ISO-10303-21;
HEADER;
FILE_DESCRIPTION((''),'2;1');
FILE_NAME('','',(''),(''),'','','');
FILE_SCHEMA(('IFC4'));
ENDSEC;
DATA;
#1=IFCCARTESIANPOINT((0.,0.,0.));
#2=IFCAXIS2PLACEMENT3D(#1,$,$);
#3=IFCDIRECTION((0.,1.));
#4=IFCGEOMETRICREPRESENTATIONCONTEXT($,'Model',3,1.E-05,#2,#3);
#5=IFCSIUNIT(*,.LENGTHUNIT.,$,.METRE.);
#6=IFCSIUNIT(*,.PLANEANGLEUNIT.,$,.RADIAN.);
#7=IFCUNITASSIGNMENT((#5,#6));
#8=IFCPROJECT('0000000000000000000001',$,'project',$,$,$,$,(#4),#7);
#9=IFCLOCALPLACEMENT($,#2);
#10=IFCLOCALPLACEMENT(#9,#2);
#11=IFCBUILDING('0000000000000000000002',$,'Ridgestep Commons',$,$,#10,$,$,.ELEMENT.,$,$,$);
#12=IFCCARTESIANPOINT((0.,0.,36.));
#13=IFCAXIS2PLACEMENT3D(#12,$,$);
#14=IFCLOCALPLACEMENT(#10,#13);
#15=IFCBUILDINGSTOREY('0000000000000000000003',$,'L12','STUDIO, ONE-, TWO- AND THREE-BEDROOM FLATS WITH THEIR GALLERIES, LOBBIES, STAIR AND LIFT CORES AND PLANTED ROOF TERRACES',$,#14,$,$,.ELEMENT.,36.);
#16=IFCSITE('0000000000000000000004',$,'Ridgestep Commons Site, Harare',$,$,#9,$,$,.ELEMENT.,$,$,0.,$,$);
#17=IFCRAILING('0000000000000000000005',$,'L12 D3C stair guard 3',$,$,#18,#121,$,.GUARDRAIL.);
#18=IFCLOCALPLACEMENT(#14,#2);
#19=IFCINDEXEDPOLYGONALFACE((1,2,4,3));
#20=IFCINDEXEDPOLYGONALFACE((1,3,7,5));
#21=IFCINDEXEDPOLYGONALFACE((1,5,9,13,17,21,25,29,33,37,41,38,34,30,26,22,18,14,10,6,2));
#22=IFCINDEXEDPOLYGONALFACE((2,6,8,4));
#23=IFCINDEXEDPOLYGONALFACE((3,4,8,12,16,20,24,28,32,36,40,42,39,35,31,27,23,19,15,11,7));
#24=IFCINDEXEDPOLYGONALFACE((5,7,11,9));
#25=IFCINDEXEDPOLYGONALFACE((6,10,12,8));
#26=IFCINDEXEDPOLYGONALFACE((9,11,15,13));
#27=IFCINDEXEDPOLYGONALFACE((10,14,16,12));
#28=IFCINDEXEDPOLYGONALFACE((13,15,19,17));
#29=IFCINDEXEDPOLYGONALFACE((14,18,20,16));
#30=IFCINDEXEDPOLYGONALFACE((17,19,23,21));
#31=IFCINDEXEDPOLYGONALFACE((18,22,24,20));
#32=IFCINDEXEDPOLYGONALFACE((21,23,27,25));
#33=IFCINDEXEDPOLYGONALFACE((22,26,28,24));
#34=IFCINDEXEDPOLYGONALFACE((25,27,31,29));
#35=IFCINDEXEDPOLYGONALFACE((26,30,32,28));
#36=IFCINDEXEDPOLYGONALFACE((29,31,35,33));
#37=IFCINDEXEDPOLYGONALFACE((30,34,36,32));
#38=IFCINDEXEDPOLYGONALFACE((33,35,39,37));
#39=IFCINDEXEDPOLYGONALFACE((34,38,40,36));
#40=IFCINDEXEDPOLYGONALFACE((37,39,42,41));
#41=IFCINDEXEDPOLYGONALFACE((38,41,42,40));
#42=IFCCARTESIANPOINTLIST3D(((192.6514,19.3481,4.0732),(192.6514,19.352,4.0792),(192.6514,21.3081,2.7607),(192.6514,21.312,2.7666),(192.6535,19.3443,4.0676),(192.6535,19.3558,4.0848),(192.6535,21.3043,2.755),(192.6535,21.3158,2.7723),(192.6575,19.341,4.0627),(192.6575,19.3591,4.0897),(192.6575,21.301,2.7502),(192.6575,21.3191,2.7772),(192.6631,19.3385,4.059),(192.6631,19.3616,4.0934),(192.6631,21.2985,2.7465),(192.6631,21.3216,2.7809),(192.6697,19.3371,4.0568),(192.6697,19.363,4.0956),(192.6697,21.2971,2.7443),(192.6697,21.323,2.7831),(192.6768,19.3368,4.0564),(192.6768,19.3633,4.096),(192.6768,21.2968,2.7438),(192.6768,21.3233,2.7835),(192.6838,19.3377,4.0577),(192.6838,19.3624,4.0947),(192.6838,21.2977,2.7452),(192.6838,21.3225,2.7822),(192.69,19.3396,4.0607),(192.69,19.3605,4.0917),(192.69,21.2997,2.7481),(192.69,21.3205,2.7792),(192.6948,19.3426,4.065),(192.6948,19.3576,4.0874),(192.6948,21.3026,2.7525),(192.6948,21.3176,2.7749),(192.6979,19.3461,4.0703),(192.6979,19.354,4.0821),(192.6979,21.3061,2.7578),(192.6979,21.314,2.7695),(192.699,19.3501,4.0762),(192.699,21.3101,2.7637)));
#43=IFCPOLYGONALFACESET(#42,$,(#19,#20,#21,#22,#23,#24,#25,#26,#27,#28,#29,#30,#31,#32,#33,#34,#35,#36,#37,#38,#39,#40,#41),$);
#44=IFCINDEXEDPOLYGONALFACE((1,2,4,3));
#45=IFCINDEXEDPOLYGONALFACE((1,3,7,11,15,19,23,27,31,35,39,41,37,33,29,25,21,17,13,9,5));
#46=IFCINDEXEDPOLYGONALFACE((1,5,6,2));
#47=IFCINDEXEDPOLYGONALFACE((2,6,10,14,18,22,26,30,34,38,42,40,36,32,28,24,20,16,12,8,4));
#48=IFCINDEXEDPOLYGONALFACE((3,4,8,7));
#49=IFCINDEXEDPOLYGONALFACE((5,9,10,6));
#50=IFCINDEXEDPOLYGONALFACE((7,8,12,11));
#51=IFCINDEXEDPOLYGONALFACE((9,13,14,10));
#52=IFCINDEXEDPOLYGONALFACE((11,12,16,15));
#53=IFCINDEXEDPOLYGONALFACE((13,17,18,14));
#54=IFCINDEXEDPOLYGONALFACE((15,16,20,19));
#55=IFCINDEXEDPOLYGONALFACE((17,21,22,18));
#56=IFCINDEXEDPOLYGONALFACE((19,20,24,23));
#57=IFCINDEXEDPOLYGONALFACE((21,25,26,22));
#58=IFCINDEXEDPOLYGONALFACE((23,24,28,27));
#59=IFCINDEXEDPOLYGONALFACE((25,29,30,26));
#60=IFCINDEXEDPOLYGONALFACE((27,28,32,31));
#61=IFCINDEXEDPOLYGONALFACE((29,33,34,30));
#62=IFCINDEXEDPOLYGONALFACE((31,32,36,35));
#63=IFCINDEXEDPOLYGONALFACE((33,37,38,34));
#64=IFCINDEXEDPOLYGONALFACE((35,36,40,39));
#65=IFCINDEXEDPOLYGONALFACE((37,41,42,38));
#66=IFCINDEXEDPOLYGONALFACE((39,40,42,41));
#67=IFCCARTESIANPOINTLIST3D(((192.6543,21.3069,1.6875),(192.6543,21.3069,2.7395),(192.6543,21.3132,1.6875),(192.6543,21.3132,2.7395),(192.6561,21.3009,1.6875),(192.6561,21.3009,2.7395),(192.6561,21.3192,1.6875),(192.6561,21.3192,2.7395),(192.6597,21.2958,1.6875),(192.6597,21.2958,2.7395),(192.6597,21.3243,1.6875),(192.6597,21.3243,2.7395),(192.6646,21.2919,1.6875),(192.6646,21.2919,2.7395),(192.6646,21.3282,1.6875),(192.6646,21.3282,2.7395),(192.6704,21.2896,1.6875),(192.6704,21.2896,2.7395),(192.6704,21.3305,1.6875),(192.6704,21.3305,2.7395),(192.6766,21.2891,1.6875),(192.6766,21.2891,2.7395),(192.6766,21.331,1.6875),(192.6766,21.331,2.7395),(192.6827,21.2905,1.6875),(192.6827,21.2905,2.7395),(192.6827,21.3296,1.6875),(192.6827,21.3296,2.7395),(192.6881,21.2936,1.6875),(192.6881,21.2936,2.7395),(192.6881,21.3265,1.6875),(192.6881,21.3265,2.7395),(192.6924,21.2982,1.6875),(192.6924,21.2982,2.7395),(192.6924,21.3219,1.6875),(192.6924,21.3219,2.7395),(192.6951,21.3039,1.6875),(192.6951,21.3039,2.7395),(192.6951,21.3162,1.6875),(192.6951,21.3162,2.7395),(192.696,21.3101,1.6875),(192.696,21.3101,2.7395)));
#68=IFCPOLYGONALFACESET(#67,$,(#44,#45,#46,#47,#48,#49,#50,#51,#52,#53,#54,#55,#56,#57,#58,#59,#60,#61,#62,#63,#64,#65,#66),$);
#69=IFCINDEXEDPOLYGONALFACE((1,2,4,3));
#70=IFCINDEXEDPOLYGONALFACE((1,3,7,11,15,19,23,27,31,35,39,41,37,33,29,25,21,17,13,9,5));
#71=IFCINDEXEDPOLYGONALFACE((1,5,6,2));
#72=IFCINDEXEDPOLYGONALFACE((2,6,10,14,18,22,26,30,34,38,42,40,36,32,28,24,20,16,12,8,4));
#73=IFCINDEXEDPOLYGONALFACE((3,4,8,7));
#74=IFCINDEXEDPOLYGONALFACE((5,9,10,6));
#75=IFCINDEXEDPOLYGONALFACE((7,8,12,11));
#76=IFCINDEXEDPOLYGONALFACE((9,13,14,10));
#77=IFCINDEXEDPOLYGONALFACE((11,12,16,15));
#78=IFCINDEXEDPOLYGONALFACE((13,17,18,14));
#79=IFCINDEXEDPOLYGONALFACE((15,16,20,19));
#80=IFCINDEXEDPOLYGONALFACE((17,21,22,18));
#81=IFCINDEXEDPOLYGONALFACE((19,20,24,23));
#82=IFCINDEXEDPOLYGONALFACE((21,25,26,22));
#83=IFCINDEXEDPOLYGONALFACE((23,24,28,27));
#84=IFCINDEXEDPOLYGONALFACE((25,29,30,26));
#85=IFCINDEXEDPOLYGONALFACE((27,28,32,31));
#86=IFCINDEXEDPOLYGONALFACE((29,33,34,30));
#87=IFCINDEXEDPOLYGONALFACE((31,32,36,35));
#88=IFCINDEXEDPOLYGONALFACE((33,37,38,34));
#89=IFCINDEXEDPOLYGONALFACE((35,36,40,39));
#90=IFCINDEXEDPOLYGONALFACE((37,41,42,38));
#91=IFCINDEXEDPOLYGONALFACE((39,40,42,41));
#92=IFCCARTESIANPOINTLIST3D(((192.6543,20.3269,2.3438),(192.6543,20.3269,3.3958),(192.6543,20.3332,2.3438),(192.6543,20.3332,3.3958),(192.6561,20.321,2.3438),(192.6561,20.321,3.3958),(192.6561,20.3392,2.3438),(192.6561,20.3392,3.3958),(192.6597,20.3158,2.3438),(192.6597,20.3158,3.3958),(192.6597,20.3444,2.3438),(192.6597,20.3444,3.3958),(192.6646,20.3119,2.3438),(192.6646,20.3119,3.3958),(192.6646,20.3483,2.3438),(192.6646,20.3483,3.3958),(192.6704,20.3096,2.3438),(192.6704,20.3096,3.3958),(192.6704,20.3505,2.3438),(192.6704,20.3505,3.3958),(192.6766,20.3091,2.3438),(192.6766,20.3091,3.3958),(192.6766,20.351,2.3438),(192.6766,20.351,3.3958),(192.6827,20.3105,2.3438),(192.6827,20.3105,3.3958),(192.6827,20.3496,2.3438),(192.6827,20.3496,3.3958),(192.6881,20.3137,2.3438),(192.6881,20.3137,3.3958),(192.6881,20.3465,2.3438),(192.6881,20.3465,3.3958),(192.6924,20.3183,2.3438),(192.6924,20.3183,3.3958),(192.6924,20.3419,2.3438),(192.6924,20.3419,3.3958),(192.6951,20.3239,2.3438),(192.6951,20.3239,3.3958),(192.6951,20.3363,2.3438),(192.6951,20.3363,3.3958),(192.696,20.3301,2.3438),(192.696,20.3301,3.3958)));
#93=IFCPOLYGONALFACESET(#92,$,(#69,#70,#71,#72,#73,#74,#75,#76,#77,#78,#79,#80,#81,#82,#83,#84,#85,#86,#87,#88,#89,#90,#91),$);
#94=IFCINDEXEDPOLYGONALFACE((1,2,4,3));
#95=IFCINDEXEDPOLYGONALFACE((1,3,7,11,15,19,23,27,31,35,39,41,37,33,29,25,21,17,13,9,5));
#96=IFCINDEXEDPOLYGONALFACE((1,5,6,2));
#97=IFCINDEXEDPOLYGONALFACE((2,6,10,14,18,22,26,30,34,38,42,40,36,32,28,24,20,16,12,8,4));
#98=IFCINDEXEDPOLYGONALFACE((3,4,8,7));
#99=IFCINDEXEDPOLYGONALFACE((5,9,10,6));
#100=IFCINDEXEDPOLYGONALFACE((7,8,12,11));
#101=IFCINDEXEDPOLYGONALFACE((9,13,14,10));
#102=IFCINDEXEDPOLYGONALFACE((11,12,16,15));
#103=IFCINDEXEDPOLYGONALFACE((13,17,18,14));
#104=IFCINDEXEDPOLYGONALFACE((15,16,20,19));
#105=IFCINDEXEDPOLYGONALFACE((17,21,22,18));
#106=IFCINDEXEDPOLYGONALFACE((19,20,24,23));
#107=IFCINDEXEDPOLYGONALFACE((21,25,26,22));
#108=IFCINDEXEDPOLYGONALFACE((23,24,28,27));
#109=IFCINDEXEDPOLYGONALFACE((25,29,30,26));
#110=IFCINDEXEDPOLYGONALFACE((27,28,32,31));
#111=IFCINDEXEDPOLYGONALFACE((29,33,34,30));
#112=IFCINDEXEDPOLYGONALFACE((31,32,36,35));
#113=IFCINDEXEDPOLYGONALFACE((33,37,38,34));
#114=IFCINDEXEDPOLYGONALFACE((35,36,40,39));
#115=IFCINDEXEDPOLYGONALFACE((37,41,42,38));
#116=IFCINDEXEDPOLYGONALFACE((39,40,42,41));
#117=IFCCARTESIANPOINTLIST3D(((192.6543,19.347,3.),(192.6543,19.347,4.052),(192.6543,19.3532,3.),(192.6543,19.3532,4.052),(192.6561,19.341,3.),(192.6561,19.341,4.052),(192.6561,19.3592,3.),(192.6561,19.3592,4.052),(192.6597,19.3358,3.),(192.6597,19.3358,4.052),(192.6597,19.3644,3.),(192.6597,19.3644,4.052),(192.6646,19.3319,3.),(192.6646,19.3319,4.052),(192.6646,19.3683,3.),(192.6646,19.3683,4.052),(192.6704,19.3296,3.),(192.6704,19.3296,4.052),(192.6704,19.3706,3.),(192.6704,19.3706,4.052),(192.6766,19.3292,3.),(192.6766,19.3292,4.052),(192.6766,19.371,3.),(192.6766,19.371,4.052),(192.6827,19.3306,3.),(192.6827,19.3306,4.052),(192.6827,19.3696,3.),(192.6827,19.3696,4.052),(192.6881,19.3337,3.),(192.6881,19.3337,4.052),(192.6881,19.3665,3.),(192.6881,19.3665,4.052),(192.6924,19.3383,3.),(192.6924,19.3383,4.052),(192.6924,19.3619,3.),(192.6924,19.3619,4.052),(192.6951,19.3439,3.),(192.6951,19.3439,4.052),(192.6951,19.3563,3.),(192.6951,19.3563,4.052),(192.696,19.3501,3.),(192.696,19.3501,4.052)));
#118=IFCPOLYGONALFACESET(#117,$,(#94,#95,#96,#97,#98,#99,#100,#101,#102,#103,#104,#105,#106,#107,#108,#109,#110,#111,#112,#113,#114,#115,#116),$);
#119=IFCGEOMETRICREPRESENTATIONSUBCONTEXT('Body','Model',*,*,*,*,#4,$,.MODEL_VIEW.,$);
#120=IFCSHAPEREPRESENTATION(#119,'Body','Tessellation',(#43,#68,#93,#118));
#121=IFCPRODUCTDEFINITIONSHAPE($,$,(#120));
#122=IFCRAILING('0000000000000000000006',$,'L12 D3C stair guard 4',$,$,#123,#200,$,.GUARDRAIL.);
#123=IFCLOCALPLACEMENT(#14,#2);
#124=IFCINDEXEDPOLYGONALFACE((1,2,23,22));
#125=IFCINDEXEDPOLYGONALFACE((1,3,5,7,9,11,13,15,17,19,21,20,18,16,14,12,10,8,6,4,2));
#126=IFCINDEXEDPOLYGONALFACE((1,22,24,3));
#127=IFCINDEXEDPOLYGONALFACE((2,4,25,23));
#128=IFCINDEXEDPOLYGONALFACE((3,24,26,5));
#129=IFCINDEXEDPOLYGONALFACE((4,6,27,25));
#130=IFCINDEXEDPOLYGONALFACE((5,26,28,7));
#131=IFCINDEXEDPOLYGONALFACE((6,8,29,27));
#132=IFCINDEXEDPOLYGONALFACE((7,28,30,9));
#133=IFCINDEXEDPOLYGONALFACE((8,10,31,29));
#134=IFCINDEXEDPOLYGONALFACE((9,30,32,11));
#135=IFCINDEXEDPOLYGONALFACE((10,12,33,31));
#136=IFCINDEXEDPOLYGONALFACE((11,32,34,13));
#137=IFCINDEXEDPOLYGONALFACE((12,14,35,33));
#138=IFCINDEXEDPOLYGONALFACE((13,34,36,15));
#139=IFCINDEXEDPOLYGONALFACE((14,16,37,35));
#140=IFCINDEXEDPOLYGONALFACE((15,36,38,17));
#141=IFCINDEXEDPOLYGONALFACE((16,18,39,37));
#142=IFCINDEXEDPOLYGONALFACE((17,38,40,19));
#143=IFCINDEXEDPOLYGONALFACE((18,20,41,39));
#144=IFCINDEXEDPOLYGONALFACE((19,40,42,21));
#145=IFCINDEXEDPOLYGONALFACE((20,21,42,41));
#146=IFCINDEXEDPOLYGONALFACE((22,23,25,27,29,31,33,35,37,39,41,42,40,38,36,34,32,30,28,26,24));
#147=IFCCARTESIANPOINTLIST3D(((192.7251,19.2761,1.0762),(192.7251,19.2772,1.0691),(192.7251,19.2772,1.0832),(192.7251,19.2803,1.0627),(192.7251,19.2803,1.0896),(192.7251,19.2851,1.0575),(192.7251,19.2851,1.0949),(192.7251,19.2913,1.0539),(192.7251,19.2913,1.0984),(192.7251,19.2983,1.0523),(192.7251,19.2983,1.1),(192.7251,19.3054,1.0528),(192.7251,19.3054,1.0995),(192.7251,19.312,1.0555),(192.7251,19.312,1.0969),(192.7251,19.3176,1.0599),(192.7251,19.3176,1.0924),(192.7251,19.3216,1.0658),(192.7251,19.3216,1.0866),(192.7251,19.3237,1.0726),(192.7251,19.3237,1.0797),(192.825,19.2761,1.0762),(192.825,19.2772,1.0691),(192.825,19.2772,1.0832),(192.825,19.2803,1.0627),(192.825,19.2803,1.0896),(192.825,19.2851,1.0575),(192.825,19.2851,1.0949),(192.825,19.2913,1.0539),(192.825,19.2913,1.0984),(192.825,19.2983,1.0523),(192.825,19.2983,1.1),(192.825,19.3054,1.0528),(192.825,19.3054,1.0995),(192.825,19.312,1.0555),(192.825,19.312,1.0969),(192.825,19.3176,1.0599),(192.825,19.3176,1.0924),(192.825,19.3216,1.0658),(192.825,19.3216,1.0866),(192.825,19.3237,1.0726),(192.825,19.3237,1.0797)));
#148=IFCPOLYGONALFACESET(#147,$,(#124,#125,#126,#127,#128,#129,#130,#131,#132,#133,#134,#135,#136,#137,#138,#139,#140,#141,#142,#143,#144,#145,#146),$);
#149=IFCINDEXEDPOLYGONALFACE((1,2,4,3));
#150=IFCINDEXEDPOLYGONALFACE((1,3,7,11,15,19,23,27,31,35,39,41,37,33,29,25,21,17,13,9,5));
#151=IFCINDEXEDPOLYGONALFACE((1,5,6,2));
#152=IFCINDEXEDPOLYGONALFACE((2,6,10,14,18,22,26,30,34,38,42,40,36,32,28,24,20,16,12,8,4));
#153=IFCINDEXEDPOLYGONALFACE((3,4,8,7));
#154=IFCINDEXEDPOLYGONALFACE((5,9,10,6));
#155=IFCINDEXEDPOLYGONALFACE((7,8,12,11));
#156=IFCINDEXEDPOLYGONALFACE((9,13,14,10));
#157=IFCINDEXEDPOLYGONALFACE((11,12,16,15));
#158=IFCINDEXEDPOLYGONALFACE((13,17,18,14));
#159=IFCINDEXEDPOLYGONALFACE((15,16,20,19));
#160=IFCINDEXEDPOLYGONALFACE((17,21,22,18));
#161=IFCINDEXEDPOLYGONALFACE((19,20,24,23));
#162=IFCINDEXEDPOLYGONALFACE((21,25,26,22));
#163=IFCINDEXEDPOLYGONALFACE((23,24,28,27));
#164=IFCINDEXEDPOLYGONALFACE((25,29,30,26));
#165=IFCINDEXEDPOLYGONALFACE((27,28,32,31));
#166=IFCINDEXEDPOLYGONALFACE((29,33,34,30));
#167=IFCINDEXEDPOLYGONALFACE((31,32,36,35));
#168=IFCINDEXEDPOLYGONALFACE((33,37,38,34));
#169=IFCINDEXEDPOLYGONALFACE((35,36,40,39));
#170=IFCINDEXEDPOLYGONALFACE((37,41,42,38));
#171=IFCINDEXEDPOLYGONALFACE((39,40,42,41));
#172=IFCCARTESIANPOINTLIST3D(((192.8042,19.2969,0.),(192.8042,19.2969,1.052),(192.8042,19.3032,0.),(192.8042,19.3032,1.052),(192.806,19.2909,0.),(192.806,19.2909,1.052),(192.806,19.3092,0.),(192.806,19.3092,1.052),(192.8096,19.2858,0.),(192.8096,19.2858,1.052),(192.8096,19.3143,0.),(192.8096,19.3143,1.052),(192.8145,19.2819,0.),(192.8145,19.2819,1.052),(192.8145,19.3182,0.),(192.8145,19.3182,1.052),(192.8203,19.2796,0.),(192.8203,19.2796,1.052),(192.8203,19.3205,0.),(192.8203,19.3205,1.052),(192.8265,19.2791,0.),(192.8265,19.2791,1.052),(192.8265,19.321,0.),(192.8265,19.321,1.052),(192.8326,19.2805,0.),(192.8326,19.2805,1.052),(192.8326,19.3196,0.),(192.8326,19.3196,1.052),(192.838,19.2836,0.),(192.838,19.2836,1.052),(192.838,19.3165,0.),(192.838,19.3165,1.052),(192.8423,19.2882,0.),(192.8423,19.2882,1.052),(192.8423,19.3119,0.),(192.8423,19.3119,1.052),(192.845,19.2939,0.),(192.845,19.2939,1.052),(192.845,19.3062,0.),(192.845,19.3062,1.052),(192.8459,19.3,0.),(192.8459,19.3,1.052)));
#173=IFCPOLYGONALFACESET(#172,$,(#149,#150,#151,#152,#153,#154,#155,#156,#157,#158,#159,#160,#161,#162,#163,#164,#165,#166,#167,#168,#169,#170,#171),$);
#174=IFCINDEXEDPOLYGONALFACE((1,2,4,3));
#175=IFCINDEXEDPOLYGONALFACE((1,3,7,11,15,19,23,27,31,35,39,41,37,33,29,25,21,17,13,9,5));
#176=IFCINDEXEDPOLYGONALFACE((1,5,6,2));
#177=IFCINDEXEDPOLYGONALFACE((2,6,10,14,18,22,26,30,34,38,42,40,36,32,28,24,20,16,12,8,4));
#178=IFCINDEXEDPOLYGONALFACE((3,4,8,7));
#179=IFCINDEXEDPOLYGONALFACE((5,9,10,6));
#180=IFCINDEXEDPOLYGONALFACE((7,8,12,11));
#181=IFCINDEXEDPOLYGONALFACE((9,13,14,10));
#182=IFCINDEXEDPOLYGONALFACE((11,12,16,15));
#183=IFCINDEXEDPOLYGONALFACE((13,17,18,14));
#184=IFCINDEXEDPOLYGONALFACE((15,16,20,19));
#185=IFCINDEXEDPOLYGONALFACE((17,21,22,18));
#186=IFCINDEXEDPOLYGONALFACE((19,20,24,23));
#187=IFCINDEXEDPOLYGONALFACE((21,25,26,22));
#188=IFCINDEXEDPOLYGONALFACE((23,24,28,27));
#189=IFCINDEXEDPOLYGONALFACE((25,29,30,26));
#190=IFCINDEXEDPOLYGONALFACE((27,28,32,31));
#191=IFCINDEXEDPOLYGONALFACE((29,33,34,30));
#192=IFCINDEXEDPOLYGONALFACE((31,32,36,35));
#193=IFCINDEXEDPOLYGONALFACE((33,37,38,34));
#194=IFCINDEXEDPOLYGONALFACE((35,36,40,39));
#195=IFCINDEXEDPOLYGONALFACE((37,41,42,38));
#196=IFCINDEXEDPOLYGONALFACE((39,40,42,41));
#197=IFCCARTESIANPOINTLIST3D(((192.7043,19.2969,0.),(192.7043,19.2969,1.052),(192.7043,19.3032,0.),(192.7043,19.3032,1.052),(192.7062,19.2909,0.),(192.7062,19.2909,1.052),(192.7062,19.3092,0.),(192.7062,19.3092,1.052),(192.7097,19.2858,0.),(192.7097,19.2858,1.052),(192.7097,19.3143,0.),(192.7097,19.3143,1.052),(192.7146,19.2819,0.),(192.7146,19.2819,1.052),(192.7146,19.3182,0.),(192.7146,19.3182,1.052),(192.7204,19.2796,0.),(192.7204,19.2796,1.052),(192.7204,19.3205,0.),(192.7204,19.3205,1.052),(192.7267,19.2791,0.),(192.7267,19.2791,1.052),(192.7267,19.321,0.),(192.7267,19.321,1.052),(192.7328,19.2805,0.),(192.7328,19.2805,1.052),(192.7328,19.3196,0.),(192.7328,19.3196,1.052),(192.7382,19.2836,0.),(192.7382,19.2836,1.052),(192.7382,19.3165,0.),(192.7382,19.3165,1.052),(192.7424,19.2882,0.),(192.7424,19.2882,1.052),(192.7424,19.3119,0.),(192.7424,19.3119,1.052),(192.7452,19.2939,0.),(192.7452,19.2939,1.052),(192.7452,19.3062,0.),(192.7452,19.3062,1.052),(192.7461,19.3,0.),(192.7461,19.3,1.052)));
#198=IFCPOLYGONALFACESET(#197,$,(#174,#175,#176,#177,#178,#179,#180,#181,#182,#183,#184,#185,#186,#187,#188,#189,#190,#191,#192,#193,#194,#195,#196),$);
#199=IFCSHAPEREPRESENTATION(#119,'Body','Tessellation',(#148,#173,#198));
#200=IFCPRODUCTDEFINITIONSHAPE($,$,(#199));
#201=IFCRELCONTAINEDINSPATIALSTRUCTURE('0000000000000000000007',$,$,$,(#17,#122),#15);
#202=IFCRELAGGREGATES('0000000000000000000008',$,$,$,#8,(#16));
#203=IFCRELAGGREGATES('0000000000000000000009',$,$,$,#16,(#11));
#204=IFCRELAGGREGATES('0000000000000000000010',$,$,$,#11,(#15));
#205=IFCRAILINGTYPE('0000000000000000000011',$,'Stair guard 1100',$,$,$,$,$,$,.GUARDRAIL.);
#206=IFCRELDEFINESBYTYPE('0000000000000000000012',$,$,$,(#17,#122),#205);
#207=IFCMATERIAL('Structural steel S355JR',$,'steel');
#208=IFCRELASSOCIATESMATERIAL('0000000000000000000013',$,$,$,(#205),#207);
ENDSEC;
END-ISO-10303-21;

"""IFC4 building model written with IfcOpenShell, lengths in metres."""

from ifc_helpers import new_model, si_unit, direction, frame, origin, origin_2d, place, context, subcontext, project, spatial, circle, extrude, material, type_object, element, save


model = new_model("IFC4")

# Units and contexts
model_context = context("Model", 3, precision=1e-05, world=origin(), true_north=direction((0.0, 1.0)))
body_context = subcontext(model_context, "Body", "Model", "MODEL_VIEW")
ifc_project = project(units=[si_unit("LENGTHUNIT", "METRE"), si_unit("PLANEANGLEUNIT", "RADIAN")], contexts=[model_context])

# Site, building, storey
site_placement = place(None, origin())
site = spatial("IfcSite", under=ifc_project, at=site_placement, Name="Ridgestep Commons Site, Harare", CompositionType="ELEMENT", RefElevation=0.0)
building_placement = place(site_placement, origin())
building = spatial("IfcBuilding", under=site, at=building_placement, Name="Ridgestep Commons", CompositionType="ELEMENT")
storey_placement = place(building_placement, frame((0.0, 0.0, 36.0)))
storey = spatial("IfcBuildingStorey", under=building, at=storey_placement, Name="L12", Description="STUDIO, ONE-, TWO- AND THREE-BEDROOM FLATS WITH THEIR GALLERIES, LOBBIES, STAIR AND LIFT CORES AND PLANTED ROOF TERRACES", CompositionType="ELEMENT", Elevation=36.0)

# Railings
ifc_material_1 = material(Name="Structural steel S355JR", Category="steel")
railing_type_1 = type_object("IfcRailingType", Name="Stair guard 1100", PredefinedType="GUARDRAIL", material=ifc_material_1)
railing_1_placement = place(storey_placement, frame((192.675, 21.3101, 1.6875)))
element("IfcRailing", 1, at=railing_1_placement, inside=storey, type_object=railing_type_1, Name="L12 D3C stair guard 3", PredefinedType="GUARDRAIL", context=body_context, shape_type="SweptSolid", body=[
    extrude(circle(Radius=0.0239, at=origin_2d()), frame((0.0, 0.0, 1.0762), z_axis=(0.0, -0.830902, 0.556419), x_axis=(1.0, 0.0, 0.0)), (0.0, 0.0, 1.0), 2.3589),
    extrude(circle(Radius=0.021, at=origin_2d()), origin(), (0.0, 0.0, 1.0), 1.052),
    extrude(circle(Radius=0.021, at=origin_2d()), frame((0.0, -0.98, 0.6562)), (0.0, 0.0, 1.0), 1.052),
    extrude(circle(Radius=0.021, at=origin_2d()), frame((0.0, -1.96, 1.3125)), (0.0, 0.0, 1.0), 1.052),
])
railing_2_placement = place(storey_placement, frame((192.825, 19.3, 0.0)))
element("IfcRailing", 2, at=railing_2_placement, inside=storey, type_object=railing_type_1, Name="L12 D3C stair guard 4", PredefinedType="GUARDRAIL", context=body_context, shape_type="SweptSolid", body=[
    extrude(circle(Radius=0.0239, at=origin_2d()), frame((0.0, 0.0, 1.0762), z_axis=(-1.0, 0.0, 0.0), x_axis=(0.0, -1.0, 0.0)), (0.0, 0.0, 1.0), 0.0999),
    extrude(circle(Radius=0.021, at=origin_2d()), origin(), (0.0, 0.0, 1.0), 1.052),
    extrude(circle(Radius=0.021, at=origin_2d()), frame((-0.0999, 0.0, 0.0)), (0.0, 0.0, 1.0), 1.052),
])

save(model, "model.ifc")
